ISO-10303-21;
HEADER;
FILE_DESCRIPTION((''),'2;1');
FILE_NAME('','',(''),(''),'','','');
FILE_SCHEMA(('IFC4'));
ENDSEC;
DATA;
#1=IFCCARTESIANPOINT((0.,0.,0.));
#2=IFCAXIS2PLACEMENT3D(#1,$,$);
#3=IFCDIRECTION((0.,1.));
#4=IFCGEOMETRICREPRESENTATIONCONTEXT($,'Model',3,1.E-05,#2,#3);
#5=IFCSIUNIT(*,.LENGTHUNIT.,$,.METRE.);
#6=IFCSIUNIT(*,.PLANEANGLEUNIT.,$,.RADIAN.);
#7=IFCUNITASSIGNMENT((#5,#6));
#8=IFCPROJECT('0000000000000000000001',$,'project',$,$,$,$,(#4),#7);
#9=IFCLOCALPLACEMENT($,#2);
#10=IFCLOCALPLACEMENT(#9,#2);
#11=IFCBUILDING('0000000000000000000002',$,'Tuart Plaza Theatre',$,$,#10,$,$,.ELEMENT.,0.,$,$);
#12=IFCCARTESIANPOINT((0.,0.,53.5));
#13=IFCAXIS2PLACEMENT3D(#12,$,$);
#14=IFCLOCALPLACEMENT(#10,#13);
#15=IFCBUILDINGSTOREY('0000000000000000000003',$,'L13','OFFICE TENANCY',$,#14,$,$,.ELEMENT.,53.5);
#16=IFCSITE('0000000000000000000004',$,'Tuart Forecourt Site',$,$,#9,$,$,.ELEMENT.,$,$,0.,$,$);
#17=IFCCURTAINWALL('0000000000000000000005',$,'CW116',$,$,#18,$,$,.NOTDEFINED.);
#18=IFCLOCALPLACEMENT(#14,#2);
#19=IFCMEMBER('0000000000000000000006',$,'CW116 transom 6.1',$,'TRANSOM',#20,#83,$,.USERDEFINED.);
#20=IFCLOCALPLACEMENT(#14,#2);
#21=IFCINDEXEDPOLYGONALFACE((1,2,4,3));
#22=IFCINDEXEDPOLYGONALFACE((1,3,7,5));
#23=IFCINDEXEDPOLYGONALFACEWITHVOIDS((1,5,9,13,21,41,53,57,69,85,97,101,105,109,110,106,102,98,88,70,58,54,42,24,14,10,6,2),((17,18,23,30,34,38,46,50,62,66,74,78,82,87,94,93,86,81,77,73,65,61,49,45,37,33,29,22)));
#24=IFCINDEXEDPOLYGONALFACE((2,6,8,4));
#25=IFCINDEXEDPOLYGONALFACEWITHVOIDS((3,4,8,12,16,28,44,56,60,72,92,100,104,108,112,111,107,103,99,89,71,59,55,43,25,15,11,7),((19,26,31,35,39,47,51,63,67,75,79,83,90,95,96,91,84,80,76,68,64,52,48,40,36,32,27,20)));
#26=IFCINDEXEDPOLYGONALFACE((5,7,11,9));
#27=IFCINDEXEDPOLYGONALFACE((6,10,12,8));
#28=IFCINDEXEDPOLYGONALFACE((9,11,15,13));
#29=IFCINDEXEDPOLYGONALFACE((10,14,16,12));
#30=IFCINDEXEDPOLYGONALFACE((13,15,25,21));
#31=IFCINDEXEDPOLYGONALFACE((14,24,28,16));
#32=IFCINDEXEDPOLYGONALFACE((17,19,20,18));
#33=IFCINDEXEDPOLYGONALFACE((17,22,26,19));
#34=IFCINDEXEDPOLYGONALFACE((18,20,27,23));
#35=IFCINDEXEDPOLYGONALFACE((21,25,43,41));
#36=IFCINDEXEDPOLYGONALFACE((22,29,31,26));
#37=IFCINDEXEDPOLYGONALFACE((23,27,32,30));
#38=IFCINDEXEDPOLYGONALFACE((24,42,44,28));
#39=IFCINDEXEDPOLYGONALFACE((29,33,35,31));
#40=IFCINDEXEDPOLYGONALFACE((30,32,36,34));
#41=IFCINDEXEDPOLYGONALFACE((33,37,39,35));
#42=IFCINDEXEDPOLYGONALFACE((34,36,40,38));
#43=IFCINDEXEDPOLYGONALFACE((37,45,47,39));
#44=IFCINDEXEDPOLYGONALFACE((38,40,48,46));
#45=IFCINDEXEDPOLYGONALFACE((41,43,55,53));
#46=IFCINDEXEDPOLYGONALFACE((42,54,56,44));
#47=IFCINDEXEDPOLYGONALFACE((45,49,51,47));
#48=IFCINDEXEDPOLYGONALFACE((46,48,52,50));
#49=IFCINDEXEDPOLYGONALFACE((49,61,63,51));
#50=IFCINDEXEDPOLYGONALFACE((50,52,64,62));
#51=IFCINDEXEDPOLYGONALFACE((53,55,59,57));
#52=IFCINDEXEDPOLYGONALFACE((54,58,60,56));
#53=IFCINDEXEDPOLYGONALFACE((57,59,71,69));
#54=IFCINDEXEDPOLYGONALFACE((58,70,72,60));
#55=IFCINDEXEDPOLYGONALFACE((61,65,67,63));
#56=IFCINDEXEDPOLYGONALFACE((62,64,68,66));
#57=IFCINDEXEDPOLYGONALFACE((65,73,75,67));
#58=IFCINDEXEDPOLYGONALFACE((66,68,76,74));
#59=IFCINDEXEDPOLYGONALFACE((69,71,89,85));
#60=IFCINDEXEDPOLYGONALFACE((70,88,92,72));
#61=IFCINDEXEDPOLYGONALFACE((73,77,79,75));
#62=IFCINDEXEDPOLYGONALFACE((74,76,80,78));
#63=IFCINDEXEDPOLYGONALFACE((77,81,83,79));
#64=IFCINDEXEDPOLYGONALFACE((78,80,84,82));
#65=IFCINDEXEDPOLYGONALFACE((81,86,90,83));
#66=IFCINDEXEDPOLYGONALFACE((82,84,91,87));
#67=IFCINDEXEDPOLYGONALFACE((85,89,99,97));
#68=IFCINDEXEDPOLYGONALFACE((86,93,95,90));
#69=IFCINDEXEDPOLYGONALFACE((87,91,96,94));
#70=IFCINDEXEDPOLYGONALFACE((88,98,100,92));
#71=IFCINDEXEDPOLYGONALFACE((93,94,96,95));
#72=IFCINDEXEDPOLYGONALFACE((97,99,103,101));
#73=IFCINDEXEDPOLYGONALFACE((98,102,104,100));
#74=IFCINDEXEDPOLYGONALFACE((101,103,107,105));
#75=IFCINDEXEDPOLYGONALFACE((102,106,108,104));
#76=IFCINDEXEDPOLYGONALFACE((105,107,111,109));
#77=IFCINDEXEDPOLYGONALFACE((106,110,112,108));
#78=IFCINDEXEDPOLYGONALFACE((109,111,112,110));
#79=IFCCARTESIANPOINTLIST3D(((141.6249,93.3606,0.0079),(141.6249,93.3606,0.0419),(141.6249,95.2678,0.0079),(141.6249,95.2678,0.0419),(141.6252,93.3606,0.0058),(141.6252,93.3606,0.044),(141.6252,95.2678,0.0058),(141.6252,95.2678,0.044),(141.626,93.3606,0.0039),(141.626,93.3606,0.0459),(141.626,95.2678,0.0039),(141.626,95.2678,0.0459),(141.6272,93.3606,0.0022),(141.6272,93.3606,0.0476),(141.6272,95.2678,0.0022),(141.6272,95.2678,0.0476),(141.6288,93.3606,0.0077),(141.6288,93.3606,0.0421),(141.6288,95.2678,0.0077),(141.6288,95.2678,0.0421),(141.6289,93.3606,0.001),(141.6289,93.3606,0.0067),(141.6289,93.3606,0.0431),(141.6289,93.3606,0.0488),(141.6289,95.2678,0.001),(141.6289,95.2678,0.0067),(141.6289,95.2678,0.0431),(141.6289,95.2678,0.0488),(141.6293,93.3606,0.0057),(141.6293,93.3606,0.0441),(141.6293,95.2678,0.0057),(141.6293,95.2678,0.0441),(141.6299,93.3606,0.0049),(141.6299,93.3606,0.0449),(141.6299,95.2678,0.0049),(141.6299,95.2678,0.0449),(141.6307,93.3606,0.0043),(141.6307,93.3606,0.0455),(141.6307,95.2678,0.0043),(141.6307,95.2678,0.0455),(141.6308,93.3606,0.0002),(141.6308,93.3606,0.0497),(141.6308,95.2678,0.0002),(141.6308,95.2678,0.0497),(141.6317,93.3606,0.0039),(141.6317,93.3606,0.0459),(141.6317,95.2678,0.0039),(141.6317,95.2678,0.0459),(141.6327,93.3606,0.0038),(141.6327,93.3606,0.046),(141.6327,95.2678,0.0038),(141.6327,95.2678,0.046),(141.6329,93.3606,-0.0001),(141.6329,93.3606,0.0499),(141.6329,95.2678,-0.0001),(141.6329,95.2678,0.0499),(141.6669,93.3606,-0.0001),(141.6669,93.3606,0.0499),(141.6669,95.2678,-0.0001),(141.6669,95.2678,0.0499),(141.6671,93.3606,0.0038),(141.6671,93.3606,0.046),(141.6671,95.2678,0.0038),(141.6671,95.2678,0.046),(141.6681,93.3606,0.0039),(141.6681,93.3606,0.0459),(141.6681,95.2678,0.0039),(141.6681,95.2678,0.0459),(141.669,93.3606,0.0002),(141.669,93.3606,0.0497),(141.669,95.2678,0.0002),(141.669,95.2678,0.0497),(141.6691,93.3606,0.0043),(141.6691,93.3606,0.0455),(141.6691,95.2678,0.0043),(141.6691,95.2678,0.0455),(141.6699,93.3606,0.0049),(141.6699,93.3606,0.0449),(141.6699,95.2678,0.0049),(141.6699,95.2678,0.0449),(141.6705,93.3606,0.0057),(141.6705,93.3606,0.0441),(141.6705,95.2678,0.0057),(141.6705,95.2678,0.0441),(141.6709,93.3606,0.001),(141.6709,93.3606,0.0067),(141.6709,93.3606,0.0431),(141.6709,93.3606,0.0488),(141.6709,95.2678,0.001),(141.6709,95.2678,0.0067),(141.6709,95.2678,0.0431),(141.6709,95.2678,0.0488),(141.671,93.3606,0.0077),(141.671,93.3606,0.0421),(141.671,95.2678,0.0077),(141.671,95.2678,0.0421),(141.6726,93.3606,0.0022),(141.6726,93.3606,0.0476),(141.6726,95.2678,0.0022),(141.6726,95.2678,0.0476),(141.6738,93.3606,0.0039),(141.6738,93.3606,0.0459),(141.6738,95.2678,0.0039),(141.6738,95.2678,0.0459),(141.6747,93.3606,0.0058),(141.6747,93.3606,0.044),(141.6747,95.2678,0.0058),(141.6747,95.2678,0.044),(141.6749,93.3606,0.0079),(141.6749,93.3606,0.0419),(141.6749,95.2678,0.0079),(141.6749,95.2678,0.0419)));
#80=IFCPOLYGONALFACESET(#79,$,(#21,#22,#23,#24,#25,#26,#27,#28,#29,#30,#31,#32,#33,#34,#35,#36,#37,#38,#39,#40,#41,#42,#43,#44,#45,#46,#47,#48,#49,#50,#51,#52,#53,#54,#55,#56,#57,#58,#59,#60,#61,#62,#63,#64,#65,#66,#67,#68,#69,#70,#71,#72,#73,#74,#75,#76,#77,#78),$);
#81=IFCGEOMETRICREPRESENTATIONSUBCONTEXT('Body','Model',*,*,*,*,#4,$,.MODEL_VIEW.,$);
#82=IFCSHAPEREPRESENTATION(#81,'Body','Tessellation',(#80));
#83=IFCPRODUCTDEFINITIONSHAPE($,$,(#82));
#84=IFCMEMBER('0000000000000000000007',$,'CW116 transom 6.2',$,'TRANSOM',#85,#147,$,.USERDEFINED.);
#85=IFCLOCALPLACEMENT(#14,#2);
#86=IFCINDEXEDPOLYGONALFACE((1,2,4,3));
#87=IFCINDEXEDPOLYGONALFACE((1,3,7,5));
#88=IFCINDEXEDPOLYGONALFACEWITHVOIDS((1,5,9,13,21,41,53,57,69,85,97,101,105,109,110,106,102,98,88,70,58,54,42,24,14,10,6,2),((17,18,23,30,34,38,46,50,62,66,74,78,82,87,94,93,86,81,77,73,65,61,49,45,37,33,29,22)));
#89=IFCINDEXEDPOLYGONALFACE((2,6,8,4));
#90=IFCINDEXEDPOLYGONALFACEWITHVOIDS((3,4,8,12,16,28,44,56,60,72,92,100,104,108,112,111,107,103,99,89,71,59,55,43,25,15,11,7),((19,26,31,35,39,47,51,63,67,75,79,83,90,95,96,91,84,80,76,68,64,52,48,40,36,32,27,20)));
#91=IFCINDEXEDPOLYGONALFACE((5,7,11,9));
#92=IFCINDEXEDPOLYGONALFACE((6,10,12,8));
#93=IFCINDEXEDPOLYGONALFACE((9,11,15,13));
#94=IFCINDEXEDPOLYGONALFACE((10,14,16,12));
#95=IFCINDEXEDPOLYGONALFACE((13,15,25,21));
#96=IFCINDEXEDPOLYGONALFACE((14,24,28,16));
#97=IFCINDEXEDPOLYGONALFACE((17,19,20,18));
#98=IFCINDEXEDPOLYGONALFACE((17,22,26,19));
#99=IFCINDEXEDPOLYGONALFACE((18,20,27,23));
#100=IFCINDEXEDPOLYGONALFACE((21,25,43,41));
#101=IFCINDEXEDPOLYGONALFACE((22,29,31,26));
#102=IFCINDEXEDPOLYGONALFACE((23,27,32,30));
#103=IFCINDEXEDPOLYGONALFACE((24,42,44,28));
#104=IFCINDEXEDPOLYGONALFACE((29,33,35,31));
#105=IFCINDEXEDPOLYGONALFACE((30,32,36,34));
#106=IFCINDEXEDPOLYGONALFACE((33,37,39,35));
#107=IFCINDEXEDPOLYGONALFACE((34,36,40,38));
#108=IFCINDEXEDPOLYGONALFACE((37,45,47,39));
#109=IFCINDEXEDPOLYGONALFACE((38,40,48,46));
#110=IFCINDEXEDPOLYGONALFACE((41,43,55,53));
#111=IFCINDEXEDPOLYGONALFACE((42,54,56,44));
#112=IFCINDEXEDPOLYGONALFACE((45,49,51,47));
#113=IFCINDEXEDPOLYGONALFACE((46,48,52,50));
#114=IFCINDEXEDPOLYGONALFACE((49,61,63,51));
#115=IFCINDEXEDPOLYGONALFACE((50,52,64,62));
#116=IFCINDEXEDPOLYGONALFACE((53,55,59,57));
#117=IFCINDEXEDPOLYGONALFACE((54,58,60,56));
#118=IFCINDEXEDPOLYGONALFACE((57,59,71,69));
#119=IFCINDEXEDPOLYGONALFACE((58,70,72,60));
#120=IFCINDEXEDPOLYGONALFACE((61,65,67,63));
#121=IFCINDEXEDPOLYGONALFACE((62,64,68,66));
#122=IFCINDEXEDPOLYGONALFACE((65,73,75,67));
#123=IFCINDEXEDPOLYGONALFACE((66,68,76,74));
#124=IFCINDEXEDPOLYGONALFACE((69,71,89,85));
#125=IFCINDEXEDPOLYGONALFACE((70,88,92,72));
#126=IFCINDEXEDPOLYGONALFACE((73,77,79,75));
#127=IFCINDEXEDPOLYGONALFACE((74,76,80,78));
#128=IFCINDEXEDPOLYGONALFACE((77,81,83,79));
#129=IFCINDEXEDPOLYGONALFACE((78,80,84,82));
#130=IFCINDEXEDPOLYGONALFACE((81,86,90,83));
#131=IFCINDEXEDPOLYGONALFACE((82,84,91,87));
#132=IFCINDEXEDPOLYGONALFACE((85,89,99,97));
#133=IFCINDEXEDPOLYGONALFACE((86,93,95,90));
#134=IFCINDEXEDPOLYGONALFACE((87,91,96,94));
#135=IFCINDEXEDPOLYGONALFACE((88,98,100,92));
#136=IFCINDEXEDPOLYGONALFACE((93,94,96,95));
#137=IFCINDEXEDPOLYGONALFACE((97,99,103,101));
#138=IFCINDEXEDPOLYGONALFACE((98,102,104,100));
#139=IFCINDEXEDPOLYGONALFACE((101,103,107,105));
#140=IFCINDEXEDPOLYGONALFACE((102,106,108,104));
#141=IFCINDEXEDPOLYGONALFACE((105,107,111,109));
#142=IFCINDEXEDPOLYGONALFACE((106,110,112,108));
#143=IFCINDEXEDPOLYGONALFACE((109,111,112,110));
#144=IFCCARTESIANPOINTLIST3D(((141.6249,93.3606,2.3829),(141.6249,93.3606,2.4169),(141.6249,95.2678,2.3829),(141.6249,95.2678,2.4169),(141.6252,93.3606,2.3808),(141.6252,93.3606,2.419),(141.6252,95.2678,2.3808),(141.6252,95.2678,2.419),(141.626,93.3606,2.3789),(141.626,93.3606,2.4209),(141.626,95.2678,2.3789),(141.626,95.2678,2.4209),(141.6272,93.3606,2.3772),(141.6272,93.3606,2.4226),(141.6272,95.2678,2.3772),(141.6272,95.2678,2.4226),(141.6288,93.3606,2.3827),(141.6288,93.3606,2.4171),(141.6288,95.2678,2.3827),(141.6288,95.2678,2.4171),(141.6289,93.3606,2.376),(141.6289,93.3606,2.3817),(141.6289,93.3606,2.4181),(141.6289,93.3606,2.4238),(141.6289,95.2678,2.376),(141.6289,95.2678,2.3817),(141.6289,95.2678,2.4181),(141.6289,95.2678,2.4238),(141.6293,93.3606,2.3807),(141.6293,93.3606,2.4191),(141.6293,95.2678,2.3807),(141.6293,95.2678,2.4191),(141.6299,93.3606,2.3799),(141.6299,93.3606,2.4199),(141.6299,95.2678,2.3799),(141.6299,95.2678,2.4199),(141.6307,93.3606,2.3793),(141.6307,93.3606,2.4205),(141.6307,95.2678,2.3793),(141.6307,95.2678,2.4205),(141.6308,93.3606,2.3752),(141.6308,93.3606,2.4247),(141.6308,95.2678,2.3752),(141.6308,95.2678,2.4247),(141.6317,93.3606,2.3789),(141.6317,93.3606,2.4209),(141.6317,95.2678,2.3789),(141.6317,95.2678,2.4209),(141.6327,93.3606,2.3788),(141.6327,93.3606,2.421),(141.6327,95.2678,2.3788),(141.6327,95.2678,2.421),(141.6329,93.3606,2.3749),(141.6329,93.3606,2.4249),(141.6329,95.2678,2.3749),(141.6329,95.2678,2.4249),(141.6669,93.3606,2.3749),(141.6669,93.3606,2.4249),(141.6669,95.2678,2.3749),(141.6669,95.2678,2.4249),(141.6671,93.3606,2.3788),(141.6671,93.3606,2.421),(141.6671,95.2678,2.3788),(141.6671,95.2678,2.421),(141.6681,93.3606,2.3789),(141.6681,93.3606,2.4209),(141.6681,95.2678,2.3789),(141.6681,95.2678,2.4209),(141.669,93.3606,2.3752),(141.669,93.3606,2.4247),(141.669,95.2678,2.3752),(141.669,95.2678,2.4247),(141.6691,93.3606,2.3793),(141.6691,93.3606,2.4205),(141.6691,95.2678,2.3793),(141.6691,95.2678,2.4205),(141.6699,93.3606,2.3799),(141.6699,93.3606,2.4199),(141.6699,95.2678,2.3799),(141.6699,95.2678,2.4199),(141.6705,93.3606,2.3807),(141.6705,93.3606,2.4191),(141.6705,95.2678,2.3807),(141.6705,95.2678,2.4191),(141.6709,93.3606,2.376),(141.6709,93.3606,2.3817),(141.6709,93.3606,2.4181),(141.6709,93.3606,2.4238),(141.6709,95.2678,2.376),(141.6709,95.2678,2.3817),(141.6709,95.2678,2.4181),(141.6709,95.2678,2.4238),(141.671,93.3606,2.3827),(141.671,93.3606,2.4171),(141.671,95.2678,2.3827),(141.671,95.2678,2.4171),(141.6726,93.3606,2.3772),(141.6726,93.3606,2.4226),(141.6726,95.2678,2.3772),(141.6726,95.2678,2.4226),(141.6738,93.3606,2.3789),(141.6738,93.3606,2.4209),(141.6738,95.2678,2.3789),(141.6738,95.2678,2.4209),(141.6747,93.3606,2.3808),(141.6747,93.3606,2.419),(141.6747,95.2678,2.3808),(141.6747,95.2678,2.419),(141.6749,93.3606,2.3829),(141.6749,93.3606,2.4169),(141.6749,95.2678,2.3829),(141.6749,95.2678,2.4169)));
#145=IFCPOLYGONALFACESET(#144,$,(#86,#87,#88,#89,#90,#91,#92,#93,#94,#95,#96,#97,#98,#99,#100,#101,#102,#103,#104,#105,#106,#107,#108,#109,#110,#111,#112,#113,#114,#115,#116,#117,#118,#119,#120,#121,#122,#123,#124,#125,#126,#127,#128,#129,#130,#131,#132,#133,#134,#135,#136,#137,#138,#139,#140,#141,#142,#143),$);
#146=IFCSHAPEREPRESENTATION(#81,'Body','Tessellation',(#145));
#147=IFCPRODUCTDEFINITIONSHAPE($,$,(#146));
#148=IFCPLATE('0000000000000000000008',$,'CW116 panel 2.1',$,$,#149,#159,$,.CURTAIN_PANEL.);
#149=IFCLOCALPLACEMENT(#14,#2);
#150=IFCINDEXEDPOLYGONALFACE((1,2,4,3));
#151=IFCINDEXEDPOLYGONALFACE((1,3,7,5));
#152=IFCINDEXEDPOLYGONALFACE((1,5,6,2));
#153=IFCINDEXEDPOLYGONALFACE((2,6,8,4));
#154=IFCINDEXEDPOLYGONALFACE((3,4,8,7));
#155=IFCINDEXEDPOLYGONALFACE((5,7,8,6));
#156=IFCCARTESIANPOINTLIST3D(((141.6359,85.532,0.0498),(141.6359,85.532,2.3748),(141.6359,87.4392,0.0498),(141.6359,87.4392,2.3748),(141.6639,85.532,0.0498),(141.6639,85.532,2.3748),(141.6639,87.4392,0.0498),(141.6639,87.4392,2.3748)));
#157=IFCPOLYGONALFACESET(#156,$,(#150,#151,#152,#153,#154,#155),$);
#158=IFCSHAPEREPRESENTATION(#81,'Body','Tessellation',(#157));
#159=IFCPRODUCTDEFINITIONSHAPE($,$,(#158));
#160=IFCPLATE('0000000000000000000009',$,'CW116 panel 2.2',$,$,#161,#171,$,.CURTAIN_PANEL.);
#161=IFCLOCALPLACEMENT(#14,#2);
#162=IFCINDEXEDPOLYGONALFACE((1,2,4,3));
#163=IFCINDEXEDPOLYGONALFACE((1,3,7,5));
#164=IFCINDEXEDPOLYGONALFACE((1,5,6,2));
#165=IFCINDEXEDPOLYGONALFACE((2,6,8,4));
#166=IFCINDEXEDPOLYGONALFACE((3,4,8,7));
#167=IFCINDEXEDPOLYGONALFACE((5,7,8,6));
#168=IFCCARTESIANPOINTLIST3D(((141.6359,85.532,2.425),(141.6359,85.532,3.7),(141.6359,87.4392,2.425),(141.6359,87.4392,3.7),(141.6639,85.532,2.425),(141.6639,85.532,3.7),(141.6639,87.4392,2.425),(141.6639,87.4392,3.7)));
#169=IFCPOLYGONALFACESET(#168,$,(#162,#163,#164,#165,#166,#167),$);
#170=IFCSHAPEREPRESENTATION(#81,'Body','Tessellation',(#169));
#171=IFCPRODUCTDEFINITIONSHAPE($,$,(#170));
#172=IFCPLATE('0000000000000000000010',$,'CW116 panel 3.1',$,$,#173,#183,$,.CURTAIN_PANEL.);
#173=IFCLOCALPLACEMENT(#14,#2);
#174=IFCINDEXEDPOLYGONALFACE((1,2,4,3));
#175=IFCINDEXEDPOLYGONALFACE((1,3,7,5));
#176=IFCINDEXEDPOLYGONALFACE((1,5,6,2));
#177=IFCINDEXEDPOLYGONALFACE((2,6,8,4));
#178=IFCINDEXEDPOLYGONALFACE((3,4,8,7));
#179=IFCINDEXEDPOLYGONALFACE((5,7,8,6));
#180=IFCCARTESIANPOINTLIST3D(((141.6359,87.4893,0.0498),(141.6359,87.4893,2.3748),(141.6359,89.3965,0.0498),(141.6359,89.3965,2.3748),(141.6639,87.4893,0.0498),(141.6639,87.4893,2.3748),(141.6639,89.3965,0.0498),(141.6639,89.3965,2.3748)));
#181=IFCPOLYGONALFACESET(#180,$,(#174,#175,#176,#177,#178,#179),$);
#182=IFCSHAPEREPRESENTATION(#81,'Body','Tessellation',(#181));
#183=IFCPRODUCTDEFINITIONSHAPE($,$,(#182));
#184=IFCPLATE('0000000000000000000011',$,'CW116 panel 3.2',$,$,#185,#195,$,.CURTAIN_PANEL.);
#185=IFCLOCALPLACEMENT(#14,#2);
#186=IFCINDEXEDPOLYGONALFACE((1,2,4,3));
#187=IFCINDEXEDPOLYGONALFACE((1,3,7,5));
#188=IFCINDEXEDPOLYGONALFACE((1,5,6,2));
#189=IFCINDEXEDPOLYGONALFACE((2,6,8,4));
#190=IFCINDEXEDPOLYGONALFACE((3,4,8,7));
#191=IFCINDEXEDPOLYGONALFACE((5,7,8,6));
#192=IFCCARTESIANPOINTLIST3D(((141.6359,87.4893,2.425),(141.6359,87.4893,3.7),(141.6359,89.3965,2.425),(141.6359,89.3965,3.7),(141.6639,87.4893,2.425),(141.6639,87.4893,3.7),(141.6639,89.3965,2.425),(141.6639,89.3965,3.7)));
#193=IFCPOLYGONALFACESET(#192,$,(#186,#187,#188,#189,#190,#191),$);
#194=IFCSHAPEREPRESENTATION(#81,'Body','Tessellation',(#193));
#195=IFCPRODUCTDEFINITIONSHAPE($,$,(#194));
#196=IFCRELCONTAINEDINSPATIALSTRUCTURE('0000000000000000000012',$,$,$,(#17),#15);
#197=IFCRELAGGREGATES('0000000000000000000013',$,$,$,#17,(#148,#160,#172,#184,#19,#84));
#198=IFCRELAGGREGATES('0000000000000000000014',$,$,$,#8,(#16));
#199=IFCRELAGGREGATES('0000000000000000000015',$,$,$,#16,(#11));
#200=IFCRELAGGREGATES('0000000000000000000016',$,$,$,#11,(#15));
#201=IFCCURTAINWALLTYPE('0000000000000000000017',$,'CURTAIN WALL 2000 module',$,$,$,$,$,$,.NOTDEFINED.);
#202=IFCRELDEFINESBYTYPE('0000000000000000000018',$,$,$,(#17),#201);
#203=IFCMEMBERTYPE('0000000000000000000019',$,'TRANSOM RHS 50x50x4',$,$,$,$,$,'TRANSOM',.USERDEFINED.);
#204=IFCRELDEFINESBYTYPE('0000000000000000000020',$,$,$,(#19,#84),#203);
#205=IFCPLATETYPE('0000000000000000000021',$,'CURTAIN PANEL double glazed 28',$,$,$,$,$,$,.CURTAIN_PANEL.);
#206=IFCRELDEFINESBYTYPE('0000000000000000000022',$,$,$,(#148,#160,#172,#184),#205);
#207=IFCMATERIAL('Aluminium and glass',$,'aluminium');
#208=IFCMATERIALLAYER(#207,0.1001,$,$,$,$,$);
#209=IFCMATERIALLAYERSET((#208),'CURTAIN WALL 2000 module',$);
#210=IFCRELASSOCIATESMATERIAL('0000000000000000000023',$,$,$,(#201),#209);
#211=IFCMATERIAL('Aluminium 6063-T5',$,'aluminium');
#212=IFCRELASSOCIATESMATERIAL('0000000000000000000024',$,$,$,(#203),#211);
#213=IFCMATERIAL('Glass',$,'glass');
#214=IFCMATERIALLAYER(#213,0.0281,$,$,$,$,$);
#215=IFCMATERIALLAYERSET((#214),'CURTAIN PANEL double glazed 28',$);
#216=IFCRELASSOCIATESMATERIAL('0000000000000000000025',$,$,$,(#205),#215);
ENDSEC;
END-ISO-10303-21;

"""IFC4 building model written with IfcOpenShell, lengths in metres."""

from ifc_helpers import new_model, si_unit, direction, frame, origin, origin_2d, place, context, subcontext, project, spatial, rectangle, hollow_rectangle, extrude, material, layer, layer_set, material_profile, profile_set, type_object, element, aggregate, save


model = new_model("IFC4")

# Units and contexts
model_context = context("Model", 3, precision=1e-05, world=origin(), true_north=direction((0.0, 1.0)))
body_context = subcontext(model_context, "Body", "Model", "MODEL_VIEW")
ifc_project = project(units=[si_unit("LENGTHUNIT", "METRE"), si_unit("PLANEANGLEUNIT", "RADIAN")], contexts=[model_context])

# Site, building, storey
site_placement = place(None, origin())
site = spatial("IfcSite", under=ifc_project, at=site_placement, Name="Tuart Forecourt Site", CompositionType="ELEMENT", RefElevation=0.0)
building_placement = place(site_placement, origin())
building = spatial("IfcBuilding", under=site, at=building_placement, Name="Tuart Plaza Theatre", CompositionType="ELEMENT", ElevationOfRefHeight=0.0)
storey_placement = place(building_placement, frame((0.0, 0.0, 53.5)))
storey = spatial("IfcBuildingStorey", under=building, at=storey_placement, Name="L13", Description="OFFICE TENANCY", CompositionType="ELEMENT", Elevation=53.5)

# Curtain wall, members, plates
ifc_material_1 = material(Name="Aluminium and glass", Category="aluminium")
ifc_layer_1 = layer(ifc_material_1, 0.1001)
ifc_layer_set_1 = layer_set([ifc_layer_1], Name="CURTAIN WALL 2000 module")
curtain_wall_type = type_object("IfcCurtainWallType", Name="CURTAIN WALL 2000 module", PredefinedType="NOTDEFINED", material=ifc_layer_set_1)
curtain_wall_placement = place(storey_placement, origin())
curtain_wall = element("IfcCurtainWall", 1, at=curtain_wall_placement, inside=storey, type_object=curtain_wall_type, Name="CW116", PredefinedType="NOTDEFINED")
ifc_material_2 = material(Name="Aluminium 6063-T5", Category="aluminium")
ifc_material_profile_1 = material_profile(ifc_material_2, hollow_rectangle(XDim=0.05, YDim=0.05, WallThickness=0.0039, InnerFilletRadius=0.0039, OuterFilletRadius=0.0081, at=origin_2d()), Name="RHS 50x50x4")
ifc_profile_set_1 = profile_set([ifc_material_profile_1], Name="Aluminium 6063-T5")
member_type_1 = type_object("IfcMemberType", Name="TRANSOM RHS 50x50x4", ElementType="TRANSOM", PredefinedType="USERDEFINED", material=ifc_profile_set_1)
member_1_placement = place(storey_placement, frame((141.6499, 93.3606, 0.0249), z_axis=(0.0, 1.0, 0.0), x_axis=(-1.0, 0.0, 0.0)))
member_1 = element("IfcMember", 2, at=member_1_placement, type_object=member_type_1, Name="CW116 transom 6.1", ObjectType="TRANSOM", PredefinedType="USERDEFINED", context=body_context, shape_type="SweptSolid", body=[
    extrude(hollow_rectangle(XDim=0.05, YDim=0.05, WallThickness=0.0039, InnerFilletRadius=0.0039, OuterFilletRadius=0.0081, at=origin_2d()), origin(), (0.0, 0.0, 1.0), 1.9072),
])
member_2_placement = place(storey_placement, frame((141.6499, 93.3606, 2.3999), z_axis=(0.0, 1.0, 0.0), x_axis=(-1.0, 0.0, 0.0)))
member_2 = element("IfcMember", 3, at=member_2_placement, type_object=member_type_1, Name="CW116 transom 6.2", ObjectType="TRANSOM", PredefinedType="USERDEFINED", context=body_context, shape_type="SweptSolid", body=[
    extrude(hollow_rectangle(XDim=0.05, YDim=0.05, WallThickness=0.0039, InnerFilletRadius=0.0039, OuterFilletRadius=0.0081, at=origin_2d()), origin(), (0.0, 0.0, 1.0), 1.9072),
])
ifc_material_3 = material(Name="Glass", Category="glass")
ifc_layer_2 = layer(ifc_material_3, 0.0281)
ifc_layer_set_2 = layer_set([ifc_layer_2], Name="CURTAIN PANEL double glazed 28")
plate_type = type_object("IfcPlateType", Name="CURTAIN PANEL double glazed 28", PredefinedType="CURTAIN_PANEL", material=ifc_layer_set_2)
plate_1_placement = place(storey_placement, frame((141.6499, 86.4856, 0.0498), z_axis=(0.0, 0.0, 1.0), x_axis=(0.0, 1.0, 0.0)))
plate_1 = element("IfcPlate", 4, at=plate_1_placement, type_object=plate_type, Name="CW116 panel 2.1", PredefinedType="CURTAIN_PANEL", context=body_context, shape_type="SweptSolid", body=[
    extrude(rectangle(XDim=1.9072, YDim=0.0281, at=origin_2d()), origin(), (0.0, 0.0, 1.0), 2.325),
])
plate_2_placement = place(storey_placement, frame((141.6499, 86.4856, 2.425), z_axis=(0.0, 0.0, 1.0), x_axis=(0.0, 1.0, 0.0)))
plate_2 = element("IfcPlate", 5, at=plate_2_placement, type_object=plate_type, Name="CW116 panel 2.2", PredefinedType="CURTAIN_PANEL", context=body_context, shape_type="SweptSolid", body=[
    extrude(rectangle(XDim=1.9072, YDim=0.0281, at=origin_2d()), origin(), (0.0, 0.0, 1.0), 1.2749),
])
plate_3_placement = place(storey_placement, frame((141.6499, 88.4429, 0.0498), z_axis=(0.0, 0.0, 1.0), x_axis=(0.0, 1.0, 0.0)))
plate_3 = element("IfcPlate", 6, at=plate_3_placement, type_object=plate_type, Name="CW116 panel 3.1", PredefinedType="CURTAIN_PANEL", context=body_context, shape_type="SweptSolid", body=[
    extrude(rectangle(XDim=1.9072, YDim=0.0281, at=origin_2d()), origin(), (0.0, 0.0, 1.0), 2.325),
])
plate_4_placement = place(storey_placement, frame((141.6499, 88.4429, 2.425), z_axis=(0.0, 0.0, 1.0), x_axis=(0.0, 1.0, 0.0)))
plate_4 = element("IfcPlate", 7, at=plate_4_placement, type_object=plate_type, Name="CW116 panel 3.2", PredefinedType="CURTAIN_PANEL", context=body_context, shape_type="SweptSolid", body=[
    extrude(rectangle(XDim=1.9072, YDim=0.0281, at=origin_2d()), origin(), (0.0, 0.0, 1.0), 1.2749),
])
aggregate(curtain_wall, [plate_1, plate_2, plate_3, plate_4, member_1, member_2])

save(model, "model.ifc")
